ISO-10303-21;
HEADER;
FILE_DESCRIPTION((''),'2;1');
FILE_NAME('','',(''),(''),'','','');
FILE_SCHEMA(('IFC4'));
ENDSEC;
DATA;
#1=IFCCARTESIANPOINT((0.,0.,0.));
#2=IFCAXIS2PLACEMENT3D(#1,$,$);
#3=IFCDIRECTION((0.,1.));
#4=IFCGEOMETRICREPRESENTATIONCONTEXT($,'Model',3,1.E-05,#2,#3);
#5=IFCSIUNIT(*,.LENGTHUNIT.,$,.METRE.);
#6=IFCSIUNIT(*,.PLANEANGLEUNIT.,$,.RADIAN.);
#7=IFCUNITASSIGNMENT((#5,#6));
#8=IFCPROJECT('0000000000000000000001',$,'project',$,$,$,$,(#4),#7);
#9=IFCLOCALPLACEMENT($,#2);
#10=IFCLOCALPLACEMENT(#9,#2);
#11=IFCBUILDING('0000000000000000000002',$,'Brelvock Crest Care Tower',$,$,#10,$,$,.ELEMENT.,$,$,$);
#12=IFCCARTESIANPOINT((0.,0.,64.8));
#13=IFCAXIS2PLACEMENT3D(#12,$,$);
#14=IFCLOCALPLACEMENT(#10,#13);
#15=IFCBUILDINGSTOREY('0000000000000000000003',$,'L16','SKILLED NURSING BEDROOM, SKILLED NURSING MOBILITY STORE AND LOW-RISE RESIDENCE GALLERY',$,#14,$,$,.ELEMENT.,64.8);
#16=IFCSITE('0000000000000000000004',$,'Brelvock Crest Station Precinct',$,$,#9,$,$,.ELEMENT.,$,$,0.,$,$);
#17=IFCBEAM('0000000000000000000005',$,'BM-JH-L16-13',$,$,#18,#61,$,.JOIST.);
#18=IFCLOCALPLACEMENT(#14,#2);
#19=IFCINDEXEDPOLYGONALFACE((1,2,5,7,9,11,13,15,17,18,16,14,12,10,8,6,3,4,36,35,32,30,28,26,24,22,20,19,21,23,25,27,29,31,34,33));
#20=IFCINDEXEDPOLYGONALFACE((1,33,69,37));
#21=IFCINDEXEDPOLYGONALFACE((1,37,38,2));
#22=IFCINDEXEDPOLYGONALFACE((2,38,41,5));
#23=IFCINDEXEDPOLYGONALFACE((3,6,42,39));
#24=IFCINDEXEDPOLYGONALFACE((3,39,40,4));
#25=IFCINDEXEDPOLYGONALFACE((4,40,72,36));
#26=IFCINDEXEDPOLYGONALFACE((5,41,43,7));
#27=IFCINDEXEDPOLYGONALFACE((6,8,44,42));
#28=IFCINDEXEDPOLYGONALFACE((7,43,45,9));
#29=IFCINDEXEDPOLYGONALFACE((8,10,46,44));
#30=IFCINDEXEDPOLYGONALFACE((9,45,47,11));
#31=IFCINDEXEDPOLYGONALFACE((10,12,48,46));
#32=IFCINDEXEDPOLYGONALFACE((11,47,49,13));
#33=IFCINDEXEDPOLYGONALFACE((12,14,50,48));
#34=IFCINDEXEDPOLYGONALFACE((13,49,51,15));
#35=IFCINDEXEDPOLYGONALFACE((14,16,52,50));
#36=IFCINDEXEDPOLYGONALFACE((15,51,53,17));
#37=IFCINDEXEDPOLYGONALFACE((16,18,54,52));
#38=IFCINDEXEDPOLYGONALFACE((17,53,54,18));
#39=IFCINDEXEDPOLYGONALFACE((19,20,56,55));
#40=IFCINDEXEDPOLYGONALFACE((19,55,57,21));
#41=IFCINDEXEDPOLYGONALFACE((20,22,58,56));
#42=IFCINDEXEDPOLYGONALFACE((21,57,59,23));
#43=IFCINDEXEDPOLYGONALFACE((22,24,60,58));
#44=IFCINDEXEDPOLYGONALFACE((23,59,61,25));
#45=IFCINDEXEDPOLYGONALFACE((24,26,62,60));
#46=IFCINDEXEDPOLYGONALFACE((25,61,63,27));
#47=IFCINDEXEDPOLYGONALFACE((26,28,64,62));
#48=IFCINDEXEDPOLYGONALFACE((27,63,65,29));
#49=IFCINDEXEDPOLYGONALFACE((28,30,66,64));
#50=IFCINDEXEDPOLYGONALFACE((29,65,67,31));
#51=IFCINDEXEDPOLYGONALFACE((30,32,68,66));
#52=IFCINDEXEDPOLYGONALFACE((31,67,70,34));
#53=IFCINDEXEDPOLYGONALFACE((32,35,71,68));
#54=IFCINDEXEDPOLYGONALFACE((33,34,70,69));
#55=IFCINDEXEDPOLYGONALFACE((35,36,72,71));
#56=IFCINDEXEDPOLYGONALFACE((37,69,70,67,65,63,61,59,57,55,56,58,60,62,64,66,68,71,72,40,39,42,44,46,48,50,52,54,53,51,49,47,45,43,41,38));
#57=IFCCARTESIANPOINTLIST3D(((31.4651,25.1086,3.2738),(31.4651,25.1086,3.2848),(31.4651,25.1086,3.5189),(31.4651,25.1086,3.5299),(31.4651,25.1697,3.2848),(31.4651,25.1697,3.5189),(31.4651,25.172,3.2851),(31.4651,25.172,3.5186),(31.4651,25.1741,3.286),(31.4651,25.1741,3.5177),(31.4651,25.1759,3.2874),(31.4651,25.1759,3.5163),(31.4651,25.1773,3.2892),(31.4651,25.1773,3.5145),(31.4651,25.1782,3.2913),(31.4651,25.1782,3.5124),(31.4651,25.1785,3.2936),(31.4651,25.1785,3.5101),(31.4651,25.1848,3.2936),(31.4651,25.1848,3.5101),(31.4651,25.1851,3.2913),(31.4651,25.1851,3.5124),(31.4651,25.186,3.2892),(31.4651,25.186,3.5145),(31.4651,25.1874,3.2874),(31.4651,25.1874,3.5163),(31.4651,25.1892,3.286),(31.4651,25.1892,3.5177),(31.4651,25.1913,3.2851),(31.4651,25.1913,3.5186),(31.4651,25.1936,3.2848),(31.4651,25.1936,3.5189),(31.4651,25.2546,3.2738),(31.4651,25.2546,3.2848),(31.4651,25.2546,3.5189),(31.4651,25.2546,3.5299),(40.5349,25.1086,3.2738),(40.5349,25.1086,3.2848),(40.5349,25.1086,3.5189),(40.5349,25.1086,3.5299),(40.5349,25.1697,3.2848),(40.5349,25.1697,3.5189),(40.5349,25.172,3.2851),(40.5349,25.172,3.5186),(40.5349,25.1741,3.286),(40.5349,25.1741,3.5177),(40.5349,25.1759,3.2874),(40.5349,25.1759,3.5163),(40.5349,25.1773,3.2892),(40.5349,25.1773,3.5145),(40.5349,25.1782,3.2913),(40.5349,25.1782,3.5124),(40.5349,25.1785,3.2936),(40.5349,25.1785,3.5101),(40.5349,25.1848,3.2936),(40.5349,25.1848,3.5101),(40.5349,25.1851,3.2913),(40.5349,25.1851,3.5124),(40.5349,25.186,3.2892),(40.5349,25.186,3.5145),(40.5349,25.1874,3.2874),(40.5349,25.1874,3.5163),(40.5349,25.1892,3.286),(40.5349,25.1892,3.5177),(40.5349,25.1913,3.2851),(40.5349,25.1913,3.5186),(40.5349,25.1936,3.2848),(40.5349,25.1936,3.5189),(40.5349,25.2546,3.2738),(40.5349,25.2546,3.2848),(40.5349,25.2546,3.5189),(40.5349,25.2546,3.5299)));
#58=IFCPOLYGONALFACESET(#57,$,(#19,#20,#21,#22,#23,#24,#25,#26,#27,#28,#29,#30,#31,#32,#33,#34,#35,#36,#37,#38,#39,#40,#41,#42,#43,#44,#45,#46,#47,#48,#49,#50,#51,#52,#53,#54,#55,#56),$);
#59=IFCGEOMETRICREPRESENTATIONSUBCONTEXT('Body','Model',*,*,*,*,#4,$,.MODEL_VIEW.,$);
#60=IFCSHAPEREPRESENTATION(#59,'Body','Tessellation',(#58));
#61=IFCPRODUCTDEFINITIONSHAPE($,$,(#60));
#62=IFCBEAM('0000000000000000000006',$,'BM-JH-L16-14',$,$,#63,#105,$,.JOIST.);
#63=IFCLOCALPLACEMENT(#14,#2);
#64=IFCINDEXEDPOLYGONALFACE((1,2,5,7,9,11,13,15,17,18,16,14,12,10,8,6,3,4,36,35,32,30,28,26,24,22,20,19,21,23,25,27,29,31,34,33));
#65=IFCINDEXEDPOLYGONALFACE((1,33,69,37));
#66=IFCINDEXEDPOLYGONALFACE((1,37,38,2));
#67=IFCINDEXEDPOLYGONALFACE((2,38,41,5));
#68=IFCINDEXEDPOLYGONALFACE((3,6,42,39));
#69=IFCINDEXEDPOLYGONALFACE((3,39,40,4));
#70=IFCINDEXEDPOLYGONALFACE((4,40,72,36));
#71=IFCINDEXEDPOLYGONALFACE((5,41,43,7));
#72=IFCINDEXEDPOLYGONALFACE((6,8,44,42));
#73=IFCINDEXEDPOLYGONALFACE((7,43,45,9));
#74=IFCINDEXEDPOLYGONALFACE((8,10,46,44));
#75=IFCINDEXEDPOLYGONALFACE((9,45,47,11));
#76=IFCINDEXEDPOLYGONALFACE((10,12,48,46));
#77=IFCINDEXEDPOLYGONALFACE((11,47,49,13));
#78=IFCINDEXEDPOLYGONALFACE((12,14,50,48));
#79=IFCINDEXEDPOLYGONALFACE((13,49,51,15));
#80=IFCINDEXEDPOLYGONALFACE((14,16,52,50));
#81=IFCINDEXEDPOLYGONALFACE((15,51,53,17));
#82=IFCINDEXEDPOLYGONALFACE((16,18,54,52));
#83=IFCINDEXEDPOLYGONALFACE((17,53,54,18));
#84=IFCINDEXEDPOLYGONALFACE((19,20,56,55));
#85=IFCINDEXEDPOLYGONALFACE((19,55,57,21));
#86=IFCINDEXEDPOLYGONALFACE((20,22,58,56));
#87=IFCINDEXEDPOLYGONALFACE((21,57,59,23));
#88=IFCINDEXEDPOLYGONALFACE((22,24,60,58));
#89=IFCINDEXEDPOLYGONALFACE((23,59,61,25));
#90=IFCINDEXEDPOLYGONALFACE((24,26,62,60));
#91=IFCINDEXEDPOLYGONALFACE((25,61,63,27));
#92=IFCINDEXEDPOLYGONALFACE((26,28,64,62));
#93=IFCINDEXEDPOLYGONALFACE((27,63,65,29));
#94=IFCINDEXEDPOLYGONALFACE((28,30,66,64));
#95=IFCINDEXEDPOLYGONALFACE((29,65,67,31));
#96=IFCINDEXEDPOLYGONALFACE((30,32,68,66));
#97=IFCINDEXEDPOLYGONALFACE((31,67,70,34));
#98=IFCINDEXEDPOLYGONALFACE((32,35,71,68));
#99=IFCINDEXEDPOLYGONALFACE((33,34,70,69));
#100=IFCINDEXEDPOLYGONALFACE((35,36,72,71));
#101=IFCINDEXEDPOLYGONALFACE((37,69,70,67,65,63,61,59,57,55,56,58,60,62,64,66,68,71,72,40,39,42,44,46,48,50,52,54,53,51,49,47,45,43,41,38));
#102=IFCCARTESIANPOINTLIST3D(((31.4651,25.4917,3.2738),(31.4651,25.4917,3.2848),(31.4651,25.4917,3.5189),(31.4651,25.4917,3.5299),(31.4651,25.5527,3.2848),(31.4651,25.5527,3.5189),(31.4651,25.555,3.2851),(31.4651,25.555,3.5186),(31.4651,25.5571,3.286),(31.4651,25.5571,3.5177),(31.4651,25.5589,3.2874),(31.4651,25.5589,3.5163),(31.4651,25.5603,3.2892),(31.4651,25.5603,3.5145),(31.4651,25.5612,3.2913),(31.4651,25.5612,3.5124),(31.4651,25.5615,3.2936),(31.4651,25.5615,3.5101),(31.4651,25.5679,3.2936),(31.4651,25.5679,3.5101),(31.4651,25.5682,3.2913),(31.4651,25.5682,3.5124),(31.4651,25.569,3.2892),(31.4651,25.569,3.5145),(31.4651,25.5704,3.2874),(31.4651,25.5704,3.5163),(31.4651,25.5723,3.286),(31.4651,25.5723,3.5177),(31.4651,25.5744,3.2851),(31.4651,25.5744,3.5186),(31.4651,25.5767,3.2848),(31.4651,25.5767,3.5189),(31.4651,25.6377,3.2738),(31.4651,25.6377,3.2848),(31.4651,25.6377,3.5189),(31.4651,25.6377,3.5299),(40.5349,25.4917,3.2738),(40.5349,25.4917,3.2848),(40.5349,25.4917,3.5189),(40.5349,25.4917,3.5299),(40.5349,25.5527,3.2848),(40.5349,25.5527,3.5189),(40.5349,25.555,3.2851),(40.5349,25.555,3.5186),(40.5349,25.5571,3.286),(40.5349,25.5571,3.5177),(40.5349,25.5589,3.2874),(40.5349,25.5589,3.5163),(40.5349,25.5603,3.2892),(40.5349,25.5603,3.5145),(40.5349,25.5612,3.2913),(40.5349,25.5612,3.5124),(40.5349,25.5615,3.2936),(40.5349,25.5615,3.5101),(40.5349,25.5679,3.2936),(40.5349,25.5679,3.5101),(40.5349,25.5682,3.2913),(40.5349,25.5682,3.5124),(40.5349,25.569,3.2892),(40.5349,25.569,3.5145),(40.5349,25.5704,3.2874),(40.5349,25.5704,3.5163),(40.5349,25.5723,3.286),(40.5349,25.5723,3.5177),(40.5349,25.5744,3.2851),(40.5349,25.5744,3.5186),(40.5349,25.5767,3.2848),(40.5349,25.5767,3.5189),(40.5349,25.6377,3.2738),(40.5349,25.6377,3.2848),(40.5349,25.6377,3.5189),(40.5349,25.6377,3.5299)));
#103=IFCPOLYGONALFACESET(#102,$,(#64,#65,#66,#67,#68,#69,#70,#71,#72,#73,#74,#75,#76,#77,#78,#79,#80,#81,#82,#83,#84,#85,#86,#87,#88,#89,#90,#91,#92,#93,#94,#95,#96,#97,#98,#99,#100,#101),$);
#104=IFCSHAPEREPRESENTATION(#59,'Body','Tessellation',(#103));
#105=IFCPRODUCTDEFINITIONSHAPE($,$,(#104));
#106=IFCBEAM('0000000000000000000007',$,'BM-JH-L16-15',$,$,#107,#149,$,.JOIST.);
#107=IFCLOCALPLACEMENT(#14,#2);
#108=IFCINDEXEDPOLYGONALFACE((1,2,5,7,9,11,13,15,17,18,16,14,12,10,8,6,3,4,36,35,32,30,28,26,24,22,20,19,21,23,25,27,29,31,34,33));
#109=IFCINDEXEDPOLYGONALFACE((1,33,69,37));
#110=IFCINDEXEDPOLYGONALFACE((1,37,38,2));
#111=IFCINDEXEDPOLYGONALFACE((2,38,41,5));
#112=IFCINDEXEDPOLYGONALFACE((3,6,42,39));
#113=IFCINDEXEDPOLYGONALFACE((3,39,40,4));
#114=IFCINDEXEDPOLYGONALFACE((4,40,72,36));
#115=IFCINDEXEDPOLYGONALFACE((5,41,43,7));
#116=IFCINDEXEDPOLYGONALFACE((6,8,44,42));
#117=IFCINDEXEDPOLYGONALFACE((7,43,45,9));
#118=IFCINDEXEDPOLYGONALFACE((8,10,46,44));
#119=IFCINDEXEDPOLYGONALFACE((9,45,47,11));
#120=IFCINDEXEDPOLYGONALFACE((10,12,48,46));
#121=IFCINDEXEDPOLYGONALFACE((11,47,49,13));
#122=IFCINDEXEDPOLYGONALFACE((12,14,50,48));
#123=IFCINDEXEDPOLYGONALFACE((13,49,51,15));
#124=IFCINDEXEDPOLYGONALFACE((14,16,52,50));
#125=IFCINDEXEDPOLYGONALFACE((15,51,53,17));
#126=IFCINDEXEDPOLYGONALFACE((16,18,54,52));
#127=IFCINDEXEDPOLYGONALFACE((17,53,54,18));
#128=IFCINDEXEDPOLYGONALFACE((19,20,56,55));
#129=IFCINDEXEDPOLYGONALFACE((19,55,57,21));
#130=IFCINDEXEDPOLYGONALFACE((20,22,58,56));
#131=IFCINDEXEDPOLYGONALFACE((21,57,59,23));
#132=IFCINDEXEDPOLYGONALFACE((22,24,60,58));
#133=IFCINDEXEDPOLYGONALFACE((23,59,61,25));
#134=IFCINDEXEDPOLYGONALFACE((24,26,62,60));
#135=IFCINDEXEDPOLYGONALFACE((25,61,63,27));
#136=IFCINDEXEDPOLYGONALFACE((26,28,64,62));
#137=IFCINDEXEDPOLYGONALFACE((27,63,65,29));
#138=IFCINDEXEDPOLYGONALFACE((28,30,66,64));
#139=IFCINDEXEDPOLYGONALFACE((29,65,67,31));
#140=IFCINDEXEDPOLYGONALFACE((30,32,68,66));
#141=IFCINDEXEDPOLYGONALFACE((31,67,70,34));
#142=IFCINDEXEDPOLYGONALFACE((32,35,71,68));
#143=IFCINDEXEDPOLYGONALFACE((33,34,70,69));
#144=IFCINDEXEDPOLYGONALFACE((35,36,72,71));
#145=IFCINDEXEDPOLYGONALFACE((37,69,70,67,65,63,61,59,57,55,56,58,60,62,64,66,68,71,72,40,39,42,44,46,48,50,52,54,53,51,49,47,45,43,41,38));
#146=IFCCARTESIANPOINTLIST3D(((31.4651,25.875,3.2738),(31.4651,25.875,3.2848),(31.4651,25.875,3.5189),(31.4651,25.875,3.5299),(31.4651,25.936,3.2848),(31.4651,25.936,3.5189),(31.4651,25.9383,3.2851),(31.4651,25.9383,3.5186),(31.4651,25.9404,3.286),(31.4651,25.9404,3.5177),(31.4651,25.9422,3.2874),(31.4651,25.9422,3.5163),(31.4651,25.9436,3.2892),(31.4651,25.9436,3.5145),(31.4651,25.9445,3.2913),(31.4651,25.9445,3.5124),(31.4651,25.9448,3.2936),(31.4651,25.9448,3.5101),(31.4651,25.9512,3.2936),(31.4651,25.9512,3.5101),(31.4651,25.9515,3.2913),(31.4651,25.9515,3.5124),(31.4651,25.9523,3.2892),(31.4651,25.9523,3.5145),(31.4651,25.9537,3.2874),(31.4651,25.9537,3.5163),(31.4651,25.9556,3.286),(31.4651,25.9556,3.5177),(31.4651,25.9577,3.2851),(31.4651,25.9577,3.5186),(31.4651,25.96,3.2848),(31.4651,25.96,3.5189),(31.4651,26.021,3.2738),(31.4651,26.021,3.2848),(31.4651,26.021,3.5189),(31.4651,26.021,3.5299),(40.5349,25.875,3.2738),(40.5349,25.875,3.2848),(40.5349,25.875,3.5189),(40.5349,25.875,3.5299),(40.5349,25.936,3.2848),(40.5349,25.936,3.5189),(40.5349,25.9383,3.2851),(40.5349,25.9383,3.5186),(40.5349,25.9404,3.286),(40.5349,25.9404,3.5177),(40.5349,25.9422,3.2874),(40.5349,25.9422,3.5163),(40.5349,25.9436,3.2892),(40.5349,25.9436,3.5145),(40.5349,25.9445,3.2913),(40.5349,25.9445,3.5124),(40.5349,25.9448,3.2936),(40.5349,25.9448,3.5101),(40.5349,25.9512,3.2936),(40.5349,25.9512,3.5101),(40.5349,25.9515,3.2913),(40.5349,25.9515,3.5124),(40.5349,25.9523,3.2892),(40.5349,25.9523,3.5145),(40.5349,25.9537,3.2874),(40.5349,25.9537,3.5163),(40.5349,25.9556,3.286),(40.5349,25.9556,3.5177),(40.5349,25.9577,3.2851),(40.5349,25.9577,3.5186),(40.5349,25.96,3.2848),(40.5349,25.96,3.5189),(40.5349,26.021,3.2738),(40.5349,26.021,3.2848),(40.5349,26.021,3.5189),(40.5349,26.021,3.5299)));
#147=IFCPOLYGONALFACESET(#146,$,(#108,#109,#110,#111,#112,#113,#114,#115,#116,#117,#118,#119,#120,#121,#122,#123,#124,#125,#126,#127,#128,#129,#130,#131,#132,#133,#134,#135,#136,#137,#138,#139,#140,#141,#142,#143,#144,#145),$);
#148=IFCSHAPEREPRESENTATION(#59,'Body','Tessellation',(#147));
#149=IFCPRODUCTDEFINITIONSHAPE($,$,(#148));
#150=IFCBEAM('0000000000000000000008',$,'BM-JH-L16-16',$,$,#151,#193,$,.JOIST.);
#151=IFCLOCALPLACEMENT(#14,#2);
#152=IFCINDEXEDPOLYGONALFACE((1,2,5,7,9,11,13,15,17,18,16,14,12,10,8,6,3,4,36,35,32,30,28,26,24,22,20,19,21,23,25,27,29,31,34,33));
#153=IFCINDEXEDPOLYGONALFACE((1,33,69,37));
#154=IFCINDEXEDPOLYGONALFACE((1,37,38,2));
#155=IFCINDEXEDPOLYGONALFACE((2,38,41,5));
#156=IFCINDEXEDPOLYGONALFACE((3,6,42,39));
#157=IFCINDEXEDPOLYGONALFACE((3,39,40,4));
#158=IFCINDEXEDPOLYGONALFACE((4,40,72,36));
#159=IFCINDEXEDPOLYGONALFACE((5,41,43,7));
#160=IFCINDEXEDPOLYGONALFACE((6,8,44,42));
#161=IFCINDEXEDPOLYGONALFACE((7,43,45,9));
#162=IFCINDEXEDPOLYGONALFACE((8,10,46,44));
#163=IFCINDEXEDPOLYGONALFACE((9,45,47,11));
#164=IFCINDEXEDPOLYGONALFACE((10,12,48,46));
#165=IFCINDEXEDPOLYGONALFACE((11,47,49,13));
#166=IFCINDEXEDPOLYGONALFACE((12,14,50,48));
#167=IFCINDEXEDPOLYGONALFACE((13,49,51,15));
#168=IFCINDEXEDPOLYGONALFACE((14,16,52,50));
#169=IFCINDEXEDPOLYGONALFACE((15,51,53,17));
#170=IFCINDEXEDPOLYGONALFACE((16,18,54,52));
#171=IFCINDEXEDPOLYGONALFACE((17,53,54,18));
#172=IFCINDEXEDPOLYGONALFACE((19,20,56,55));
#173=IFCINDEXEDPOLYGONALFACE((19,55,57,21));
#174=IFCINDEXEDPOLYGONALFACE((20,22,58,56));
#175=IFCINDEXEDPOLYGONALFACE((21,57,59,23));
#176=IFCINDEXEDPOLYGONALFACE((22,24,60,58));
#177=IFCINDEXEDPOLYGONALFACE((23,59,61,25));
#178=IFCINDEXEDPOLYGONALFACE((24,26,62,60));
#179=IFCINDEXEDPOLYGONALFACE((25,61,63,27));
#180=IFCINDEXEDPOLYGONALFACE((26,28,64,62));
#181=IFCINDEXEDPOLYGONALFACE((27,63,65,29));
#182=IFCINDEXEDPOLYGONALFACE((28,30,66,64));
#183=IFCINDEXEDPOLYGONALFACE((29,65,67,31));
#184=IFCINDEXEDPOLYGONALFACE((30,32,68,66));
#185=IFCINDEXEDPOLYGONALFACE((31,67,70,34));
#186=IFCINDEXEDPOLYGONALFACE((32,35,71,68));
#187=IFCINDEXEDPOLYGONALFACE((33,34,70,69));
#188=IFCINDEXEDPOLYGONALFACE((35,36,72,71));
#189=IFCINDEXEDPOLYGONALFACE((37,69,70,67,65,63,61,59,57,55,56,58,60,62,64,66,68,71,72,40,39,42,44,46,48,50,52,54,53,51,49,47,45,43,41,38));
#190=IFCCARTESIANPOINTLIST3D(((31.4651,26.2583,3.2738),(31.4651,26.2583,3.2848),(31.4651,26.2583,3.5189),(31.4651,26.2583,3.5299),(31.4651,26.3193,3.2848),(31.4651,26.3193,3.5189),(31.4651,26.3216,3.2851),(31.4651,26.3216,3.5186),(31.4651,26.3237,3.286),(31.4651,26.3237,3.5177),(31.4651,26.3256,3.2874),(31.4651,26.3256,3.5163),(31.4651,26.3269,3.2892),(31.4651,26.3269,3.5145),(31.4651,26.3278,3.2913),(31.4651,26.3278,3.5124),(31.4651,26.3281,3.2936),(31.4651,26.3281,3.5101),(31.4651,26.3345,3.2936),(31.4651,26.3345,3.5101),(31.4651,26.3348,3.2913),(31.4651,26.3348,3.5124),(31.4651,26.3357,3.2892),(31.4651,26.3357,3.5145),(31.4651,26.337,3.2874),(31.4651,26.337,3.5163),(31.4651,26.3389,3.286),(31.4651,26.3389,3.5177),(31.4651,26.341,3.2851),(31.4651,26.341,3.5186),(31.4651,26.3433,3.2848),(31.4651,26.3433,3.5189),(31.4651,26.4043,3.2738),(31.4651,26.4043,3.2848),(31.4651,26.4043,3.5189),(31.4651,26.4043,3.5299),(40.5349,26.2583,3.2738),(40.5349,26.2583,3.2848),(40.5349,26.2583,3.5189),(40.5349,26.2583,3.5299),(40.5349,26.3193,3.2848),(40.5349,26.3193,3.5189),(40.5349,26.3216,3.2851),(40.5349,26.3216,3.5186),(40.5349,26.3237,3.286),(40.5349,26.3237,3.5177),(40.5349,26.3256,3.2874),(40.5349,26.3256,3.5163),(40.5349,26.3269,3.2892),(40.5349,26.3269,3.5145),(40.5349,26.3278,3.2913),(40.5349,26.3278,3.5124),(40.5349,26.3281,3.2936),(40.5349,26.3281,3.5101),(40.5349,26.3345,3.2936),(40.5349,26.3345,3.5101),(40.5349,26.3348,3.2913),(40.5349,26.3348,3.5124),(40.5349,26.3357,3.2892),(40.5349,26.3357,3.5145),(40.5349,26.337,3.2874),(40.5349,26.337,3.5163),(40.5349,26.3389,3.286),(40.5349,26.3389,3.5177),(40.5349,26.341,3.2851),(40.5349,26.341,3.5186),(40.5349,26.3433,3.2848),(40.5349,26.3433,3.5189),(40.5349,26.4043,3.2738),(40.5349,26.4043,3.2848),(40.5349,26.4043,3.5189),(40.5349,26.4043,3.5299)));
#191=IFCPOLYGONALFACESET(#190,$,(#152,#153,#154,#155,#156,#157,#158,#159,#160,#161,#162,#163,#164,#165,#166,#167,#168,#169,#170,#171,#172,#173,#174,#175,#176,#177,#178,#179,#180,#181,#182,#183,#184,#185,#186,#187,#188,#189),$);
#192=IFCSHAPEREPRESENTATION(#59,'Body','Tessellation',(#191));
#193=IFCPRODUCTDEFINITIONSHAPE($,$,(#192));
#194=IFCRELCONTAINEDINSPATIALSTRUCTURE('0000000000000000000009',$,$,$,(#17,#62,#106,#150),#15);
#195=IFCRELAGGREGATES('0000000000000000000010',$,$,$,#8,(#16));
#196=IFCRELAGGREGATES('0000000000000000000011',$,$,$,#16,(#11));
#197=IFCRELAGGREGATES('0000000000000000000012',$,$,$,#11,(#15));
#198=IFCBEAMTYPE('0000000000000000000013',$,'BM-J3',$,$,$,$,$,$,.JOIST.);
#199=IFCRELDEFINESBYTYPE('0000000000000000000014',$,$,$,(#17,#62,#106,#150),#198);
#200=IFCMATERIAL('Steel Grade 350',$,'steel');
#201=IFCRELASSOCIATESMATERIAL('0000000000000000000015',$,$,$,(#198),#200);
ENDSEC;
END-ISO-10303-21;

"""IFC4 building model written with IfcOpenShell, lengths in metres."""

from ifc_helpers import new_model, si_unit, direction, frame, origin, origin_2d, place, context, subcontext, project, spatial, i_section, extrude, source, transform, mapped, material, material_profile, profile_set, type_object, element, save


model = new_model("IFC4")

# Units and contexts
model_context = context("Model", 3, precision=1e-05, world=origin(), true_north=direction((0.0, 1.0)))
body_context = subcontext(model_context, "Body", "Model", "MODEL_VIEW")
ifc_project = project(units=[si_unit("LENGTHUNIT", "METRE"), si_unit("PLANEANGLEUNIT", "RADIAN")], contexts=[model_context])

# Site, building, storey
site_placement = place(None, origin())
site = spatial("IfcSite", under=ifc_project, at=site_placement, Name="Brelvock Crest Station Precinct", CompositionType="ELEMENT", RefElevation=0.0)
building_placement = place(site_placement, origin())
building = spatial("IfcBuilding", under=site, at=building_placement, Name="Brelvock Crest Care Tower", CompositionType="ELEMENT")
storey_placement = place(building_placement, frame((0.0, 0.0, 64.8)))
storey = spatial("IfcBuildingStorey", under=building, at=storey_placement, Name="L16", Description="SKILLED NURSING BEDROOM, SKILLED NURSING MOBILITY STORE AND LOW-RISE RESIDENCE GALLERY", CompositionType="ELEMENT", Elevation=64.8)

# Beams
ifc_material_1 = material(Name="Steel Grade 350", Category="steel")
ifc_material_profile = material_profile(ifc_material_1, i_section(OverallWidth=0.146, OverallDepth=0.2561, WebThickness=0.0063, FlangeThickness=0.011, FilletRadius=0.0088, at=origin_2d()), Name="250UB37.3")
ifc_profile_set = profile_set([ifc_material_profile], Name="Steel Grade 350")
beam_type = type_object("IfcBeamType", Name="BM-J3", PredefinedType="JOIST", material=ifc_profile_set)
shared_shape_1 = source(origin(), body_context, "Body", "SweptSolid", [
    extrude(i_section(OverallWidth=0.146, OverallDepth=0.2561, WebThickness=0.0063, FlangeThickness=0.011, FilletRadius=0.0088, at=origin_2d()), origin(), (0.0, 0.0, 1.0), 9.0698),
])
for number, where, z_axis, x_axis, name in (
    (1, (31.4651, 25.1816, 3.4019), (1.0, 0.0, 0.0), (0.0, 1.0, 0.0), "BM-JH-L16-13"),
    (2, (31.4651, 25.5647, 3.4019), (1.0, 0.0, 0.0), (0.0, 1.0, 0.0), "BM-JH-L16-14"),
    (3, (31.4651, 25.948, 3.4019), (1.0, 0.0, 0.0), (0.0, 1.0, 0.0), "BM-JH-L16-15"),
    (4, (31.4651, 26.3313, 3.4019), (1.0, 0.0, 0.0), (0.0, 1.0, 0.0), "BM-JH-L16-16"),
):
    element("IfcBeam", number, at=place(storey_placement, frame(where, z_axis=z_axis, x_axis=x_axis)), inside=storey, type_object=beam_type, Name=name, PredefinedType="JOIST", context=body_context, shape_type="MappedRepresentation", body=[
        mapped(shared_shape_1, transform((0.0, 0.0, 0.0), x_axis=(1.0, 0.0, 0.0), y_axis=(0.0, 1.0, 0.0), z_axis=(0.0, 0.0, 1.0), scale=1.0)),
    ])

save(model, "model.ifc")
